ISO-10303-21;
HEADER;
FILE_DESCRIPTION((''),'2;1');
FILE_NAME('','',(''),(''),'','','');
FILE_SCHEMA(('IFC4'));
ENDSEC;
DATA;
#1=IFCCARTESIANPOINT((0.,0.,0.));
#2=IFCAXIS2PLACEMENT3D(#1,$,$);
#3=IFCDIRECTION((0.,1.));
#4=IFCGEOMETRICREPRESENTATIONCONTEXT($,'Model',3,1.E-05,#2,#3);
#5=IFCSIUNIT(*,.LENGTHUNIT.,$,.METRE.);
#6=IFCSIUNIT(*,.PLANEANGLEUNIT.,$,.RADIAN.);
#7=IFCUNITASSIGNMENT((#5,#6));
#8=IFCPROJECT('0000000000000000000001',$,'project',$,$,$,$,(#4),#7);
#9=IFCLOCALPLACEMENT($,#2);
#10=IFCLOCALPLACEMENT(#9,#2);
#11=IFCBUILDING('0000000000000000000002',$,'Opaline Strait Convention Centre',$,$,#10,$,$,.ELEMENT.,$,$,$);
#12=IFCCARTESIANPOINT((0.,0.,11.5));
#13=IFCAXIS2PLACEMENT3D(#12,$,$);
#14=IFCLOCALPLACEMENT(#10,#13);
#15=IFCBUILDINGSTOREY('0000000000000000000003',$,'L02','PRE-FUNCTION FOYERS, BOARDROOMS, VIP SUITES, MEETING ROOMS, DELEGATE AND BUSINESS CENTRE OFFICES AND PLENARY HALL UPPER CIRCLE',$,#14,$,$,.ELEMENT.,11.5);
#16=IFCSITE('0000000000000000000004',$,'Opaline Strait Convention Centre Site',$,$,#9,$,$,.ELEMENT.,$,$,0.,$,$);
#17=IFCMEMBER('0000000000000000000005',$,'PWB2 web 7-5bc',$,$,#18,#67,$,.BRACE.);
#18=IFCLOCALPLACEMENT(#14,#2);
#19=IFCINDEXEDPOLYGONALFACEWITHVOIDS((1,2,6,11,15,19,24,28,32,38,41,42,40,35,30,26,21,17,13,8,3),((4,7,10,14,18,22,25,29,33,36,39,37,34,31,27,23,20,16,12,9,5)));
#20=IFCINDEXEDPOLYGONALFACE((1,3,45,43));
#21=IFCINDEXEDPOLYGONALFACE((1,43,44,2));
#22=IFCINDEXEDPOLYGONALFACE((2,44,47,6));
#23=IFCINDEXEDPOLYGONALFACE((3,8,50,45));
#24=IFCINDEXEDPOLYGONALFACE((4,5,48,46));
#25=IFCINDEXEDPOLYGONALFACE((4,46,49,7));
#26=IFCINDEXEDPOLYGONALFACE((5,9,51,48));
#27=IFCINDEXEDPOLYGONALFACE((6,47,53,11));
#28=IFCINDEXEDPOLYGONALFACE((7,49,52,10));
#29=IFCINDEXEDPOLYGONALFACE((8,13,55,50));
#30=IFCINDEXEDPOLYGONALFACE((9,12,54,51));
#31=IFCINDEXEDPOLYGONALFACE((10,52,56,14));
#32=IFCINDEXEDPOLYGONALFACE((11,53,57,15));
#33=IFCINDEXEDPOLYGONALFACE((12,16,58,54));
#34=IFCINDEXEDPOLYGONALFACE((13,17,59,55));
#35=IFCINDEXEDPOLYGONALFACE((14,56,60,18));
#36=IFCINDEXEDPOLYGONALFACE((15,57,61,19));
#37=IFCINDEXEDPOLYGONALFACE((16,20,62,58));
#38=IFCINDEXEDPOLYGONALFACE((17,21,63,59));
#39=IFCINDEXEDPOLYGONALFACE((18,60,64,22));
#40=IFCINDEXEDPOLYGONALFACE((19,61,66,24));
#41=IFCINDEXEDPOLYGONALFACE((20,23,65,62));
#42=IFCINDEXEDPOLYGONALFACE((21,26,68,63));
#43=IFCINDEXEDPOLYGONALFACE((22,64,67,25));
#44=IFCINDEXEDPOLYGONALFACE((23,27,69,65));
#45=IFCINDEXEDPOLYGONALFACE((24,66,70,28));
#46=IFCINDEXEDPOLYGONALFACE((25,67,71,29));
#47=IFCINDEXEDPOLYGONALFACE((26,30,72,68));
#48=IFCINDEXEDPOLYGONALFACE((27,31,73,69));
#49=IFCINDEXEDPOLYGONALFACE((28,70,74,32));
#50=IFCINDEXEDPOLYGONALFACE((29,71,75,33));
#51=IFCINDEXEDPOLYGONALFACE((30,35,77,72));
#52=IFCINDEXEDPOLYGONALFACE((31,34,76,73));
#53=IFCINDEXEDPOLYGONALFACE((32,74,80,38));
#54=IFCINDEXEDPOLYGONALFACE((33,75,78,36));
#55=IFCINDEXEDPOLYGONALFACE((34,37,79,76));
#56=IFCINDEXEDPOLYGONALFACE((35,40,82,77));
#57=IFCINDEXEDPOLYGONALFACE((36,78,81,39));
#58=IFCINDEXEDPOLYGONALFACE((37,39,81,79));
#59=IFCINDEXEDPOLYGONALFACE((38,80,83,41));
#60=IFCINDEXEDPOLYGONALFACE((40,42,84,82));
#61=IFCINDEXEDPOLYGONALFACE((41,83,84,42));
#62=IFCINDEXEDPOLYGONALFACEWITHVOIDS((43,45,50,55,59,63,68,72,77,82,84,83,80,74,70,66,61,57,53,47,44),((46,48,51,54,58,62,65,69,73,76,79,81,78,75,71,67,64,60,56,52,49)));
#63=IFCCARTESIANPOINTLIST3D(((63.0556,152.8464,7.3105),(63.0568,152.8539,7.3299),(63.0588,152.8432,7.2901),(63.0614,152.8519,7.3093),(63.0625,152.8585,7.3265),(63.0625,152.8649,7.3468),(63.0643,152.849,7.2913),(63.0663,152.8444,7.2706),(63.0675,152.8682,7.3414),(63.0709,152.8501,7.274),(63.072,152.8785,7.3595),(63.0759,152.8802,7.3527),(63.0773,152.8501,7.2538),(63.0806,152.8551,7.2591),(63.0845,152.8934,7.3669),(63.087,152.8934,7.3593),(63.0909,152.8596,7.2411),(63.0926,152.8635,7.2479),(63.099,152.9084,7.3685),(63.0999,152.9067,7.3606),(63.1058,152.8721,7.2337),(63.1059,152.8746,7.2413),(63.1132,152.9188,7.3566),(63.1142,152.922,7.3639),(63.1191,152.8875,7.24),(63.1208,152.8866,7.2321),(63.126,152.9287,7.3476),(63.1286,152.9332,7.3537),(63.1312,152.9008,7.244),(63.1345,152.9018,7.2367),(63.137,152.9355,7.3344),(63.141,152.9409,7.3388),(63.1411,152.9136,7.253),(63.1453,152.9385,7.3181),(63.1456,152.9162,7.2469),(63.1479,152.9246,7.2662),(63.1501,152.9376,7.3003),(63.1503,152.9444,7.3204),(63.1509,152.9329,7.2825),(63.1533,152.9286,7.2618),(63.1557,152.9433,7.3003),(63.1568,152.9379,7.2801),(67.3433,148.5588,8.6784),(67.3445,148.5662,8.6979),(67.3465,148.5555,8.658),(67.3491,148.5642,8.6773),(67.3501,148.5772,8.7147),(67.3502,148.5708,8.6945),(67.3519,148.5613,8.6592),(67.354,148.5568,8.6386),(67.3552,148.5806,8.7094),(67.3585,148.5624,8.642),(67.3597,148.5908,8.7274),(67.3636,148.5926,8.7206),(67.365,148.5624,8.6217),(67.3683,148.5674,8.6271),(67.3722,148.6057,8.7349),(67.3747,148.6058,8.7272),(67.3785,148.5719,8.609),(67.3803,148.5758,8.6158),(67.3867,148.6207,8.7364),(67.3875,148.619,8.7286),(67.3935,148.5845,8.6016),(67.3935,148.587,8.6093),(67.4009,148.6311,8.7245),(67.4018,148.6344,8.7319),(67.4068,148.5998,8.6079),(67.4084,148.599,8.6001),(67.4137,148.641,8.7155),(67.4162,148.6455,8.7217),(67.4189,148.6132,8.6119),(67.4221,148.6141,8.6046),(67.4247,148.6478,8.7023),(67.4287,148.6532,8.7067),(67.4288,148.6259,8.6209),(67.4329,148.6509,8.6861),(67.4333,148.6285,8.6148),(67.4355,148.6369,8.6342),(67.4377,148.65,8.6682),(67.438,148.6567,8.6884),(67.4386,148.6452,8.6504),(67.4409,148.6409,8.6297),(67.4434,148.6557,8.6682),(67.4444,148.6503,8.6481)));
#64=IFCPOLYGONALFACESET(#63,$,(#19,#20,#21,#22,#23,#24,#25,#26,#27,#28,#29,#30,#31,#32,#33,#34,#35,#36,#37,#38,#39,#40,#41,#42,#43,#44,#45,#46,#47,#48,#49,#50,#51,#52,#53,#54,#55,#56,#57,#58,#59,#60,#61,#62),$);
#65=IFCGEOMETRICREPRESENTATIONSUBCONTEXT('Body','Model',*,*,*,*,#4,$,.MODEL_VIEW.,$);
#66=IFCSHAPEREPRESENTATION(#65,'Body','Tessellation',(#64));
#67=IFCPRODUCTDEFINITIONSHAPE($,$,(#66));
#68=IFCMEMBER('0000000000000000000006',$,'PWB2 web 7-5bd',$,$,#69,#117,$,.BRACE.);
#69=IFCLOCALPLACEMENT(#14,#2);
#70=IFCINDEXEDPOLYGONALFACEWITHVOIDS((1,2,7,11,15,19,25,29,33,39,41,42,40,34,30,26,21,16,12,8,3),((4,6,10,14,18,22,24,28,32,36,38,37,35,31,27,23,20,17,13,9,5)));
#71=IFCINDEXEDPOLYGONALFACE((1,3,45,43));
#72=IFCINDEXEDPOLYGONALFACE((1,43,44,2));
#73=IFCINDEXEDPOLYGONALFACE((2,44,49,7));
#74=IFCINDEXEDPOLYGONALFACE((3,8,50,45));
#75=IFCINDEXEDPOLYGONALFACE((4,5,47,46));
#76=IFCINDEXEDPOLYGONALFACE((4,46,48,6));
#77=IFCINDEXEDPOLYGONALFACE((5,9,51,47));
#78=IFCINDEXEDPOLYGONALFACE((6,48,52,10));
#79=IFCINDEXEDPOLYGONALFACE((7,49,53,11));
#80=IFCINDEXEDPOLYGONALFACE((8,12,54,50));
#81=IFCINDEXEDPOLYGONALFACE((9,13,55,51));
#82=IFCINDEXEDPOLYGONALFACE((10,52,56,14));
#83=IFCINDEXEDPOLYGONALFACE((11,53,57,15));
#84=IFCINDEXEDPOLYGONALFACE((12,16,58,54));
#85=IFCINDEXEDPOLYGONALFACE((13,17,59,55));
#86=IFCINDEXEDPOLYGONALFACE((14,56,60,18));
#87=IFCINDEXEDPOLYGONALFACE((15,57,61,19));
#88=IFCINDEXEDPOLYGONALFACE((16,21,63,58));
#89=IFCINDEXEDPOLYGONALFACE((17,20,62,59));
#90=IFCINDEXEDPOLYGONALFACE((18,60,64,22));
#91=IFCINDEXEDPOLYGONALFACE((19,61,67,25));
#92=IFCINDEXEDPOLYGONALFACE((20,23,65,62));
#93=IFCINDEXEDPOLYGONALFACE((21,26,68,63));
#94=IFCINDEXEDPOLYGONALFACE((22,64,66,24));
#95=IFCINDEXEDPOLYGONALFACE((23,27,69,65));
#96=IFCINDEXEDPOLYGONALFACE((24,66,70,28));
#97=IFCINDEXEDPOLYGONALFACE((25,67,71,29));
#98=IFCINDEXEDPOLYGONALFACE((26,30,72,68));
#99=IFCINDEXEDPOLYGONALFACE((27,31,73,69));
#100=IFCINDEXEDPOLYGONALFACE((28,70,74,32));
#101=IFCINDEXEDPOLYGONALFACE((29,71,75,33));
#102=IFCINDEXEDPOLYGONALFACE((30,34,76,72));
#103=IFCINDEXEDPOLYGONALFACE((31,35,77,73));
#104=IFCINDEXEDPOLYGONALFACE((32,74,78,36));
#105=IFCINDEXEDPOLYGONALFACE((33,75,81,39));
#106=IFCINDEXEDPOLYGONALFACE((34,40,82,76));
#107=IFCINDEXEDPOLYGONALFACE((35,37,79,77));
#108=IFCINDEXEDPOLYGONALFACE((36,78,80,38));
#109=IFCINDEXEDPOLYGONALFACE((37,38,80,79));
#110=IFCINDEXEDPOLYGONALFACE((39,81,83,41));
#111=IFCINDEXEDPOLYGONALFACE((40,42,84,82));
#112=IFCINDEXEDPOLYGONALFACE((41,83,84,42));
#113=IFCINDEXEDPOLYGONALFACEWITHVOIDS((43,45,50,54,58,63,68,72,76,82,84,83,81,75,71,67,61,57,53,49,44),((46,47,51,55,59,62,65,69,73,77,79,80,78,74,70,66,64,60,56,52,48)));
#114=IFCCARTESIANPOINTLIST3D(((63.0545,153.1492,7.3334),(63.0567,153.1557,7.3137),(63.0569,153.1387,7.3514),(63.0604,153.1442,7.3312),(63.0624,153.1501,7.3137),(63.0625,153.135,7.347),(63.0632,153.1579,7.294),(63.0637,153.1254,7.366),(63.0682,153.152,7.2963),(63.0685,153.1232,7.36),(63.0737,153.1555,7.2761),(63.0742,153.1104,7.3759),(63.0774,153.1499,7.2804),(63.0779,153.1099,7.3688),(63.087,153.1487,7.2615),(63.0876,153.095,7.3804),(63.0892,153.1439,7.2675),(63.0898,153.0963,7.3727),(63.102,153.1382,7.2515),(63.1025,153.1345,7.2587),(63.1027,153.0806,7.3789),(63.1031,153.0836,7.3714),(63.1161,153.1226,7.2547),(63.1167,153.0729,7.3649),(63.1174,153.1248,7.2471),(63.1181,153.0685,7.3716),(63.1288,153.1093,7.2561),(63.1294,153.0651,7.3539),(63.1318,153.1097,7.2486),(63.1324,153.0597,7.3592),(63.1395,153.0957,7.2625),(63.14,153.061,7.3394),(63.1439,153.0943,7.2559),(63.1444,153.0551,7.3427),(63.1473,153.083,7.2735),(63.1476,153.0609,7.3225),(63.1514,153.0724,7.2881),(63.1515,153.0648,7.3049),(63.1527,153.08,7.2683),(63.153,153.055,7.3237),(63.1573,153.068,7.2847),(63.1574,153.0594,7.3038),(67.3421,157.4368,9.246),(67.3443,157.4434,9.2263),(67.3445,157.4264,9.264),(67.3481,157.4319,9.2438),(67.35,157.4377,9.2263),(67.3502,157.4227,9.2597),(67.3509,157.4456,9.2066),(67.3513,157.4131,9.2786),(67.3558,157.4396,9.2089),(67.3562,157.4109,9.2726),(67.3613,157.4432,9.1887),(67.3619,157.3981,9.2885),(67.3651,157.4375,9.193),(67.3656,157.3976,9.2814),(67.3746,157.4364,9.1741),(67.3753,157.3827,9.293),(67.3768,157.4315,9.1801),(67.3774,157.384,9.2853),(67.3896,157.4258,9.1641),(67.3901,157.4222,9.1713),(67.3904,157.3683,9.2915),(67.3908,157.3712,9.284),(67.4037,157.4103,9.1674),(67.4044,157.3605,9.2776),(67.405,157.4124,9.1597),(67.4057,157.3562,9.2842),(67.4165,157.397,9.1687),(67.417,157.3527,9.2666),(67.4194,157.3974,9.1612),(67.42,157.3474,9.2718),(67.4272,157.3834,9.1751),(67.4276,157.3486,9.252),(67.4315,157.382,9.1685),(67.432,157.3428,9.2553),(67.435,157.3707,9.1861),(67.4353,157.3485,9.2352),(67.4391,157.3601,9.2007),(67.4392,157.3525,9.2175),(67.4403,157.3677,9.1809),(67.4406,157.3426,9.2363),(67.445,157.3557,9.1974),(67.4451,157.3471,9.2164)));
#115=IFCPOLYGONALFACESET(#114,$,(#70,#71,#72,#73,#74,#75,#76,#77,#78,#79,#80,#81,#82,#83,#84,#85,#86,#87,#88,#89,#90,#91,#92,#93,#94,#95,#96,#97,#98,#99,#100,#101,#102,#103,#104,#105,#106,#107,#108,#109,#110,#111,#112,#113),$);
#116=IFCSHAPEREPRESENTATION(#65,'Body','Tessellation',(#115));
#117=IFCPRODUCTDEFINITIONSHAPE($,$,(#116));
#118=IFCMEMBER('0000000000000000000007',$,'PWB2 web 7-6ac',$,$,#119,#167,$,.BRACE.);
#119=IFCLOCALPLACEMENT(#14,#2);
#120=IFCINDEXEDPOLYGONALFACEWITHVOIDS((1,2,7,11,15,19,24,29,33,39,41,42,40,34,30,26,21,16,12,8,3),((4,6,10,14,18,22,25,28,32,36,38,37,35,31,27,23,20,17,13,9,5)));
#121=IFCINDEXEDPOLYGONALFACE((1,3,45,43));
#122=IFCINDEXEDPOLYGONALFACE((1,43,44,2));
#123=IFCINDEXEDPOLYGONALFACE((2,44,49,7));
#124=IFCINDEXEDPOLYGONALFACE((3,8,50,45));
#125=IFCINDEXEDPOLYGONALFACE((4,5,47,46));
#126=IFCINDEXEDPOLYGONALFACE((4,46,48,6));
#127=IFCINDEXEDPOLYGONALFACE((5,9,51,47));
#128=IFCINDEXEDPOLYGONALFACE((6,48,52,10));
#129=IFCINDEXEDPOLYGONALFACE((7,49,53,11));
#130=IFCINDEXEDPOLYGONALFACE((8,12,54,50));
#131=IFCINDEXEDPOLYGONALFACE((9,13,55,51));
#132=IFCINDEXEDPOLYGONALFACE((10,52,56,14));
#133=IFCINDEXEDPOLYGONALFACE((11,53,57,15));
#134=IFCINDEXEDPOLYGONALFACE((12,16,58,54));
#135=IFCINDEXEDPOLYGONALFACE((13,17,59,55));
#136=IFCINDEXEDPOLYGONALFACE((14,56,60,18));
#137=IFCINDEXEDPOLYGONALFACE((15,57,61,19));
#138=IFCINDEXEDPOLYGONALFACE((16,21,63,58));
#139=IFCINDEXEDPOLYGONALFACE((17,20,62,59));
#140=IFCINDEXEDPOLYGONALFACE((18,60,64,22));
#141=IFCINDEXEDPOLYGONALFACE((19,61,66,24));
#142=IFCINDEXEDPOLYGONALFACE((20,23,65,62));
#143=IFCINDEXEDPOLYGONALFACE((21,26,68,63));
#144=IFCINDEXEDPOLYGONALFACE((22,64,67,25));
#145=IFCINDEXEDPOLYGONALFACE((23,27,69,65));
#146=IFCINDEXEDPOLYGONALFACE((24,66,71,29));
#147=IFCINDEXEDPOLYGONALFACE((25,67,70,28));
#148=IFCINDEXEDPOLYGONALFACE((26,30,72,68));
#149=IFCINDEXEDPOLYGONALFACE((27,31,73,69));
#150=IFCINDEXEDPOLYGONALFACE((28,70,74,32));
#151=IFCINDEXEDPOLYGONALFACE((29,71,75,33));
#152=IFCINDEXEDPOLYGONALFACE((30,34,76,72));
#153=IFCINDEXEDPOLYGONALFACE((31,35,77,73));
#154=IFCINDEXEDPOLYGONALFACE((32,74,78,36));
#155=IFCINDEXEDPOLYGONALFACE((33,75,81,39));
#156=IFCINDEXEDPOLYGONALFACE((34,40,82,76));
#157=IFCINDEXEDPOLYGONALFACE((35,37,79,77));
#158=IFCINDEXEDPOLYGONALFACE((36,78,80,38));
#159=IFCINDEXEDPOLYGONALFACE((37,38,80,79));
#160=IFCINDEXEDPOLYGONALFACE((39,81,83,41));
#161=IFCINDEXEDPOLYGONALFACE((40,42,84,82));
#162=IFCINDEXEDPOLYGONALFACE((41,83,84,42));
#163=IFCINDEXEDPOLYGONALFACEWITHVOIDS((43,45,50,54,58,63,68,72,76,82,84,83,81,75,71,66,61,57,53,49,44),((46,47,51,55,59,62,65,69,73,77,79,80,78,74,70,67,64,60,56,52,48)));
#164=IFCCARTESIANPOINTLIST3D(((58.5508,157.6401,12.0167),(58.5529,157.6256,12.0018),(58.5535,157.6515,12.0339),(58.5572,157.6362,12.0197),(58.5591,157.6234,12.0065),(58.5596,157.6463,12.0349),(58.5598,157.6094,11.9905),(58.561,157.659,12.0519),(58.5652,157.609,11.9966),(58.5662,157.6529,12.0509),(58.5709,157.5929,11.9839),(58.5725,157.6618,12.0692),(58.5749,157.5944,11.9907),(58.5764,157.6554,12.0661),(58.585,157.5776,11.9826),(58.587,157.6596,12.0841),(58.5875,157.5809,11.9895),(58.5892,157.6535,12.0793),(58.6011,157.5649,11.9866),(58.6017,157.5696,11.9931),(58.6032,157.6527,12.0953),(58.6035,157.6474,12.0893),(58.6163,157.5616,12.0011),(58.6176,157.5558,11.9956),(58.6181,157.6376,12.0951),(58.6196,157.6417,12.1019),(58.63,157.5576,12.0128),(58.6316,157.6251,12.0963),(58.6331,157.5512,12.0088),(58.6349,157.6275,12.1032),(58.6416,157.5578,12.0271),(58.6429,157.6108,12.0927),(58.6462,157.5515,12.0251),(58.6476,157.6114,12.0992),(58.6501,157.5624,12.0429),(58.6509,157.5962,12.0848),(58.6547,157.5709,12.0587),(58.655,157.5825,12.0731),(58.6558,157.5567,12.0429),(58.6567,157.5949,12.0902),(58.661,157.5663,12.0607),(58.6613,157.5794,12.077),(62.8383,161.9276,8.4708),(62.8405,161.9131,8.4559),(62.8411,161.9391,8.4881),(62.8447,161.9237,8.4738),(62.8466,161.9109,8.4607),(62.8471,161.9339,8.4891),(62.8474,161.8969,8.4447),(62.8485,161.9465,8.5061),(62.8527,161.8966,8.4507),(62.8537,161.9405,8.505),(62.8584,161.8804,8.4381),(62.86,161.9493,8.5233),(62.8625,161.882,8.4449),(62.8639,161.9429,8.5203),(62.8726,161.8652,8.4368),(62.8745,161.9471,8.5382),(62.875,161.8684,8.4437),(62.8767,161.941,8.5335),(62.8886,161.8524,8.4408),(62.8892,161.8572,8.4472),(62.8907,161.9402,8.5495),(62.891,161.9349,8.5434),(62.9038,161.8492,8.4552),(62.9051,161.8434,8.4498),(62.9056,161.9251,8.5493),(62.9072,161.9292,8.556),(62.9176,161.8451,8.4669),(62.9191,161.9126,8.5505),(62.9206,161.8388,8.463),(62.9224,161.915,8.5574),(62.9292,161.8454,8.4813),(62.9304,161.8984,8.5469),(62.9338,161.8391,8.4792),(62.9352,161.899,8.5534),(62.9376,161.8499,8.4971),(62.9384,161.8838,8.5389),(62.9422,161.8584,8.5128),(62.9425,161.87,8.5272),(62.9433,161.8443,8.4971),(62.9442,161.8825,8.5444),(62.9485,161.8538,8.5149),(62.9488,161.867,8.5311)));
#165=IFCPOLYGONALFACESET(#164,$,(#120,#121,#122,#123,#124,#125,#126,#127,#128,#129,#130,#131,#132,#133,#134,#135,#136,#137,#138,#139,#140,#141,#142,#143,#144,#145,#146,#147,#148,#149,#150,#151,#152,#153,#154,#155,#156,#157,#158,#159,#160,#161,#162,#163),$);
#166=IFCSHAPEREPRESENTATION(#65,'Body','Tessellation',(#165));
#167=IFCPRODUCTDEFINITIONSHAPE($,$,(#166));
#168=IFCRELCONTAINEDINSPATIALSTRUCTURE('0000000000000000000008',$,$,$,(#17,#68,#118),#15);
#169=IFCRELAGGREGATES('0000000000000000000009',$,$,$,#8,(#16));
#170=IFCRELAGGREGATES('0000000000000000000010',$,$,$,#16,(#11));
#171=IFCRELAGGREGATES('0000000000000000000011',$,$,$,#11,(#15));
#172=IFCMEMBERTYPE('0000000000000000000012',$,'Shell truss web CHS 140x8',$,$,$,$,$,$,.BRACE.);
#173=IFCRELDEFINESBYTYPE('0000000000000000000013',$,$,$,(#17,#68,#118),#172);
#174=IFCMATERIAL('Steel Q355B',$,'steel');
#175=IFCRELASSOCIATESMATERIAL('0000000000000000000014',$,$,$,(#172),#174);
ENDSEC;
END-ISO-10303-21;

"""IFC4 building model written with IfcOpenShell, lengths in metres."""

from ifc_helpers import new_model, si_unit, direction, frame, origin, origin_2d, place, context, subcontext, project, spatial, hollow_circle, extrude, material, material_profile, profile_set, type_object, element, save


model = new_model("IFC4")

# Units and contexts
model_context = context("Model", 3, precision=1e-05, world=origin(), true_north=direction((0.0, 1.0)))
body_context = subcontext(model_context, "Body", "Model", "MODEL_VIEW")
ifc_project = project(units=[si_unit("LENGTHUNIT", "METRE"), si_unit("PLANEANGLEUNIT", "RADIAN")], contexts=[model_context])

# Site, building, storey
site_placement = place(None, origin())
site = spatial("IfcSite", under=ifc_project, at=site_placement, Name="Opaline Strait Convention Centre Site", CompositionType="ELEMENT", RefElevation=0.0)
building_placement = place(site_placement, origin())
building = spatial("IfcBuilding", under=site, at=building_placement, Name="Opaline Strait Convention Centre", CompositionType="ELEMENT")
storey_placement = place(building_placement, frame((0.0, 0.0, 11.5)))
storey = spatial("IfcBuildingStorey", under=building, at=storey_placement, Name="L02", Description="PRE-FUNCTION FOYERS, BOARDROOMS, VIP SUITES, MEETING ROOMS, DELEGATE AND BUSINESS CENTRE OFFICES AND PLENARY HALL UPPER CIRCLE", CompositionType="ELEMENT", Elevation=11.5)

# Members
ifc_material_1 = material(Name="Steel Q355B", Category="steel")
ifc_material_profile_1 = material_profile(ifc_material_1, hollow_circle(Radius=0.0701, WallThickness=0.0081, at=origin_2d()), Name="CHS 140x8")
ifc_profile_set_1 = profile_set([ifc_material_profile_1], Name="Steel Q355B")
member_type_1 = type_object("IfcMemberType", Name="Shell truss web CHS 140x8", PredefinedType="BRACE", material=ifc_profile_set_1)
member_1_placement = place(storey_placement, frame((63.1062, 152.8938, 7.3003), z_axis=(0.689772, -0.689772, 0.220066), x_axis=(0.707107, 0.707107, 0.0)))
element("IfcMember", 1, at=member_1_placement, inside=storey, type_object=member_type_1, Name="PWB2 web 7-5bc", PredefinedType="BRACE", context=body_context, shape_type="SweptSolid", body=[
    extrude(hollow_circle(Radius=0.0701, WallThickness=0.0081, at=origin_2d()), origin(), (0.0, 0.0, 1.0), 6.2161),
])
member_2_placement = place(storey_placement, frame((63.1062, 153.1062, 7.3137), z_axis=(0.674356, 0.674356, 0.300814), x_axis=(-0.707107, 0.707107, 0.0)))
element("IfcMember", 2, at=member_2_placement, inside=storey, type_object=member_type_1, Name="PWB2 web 7-5bd", PredefinedType="BRACE", context=body_context, shape_type="SweptSolid", body=[
    extrude(hollow_circle(Radius=0.0701, WallThickness=0.0081, at=origin_2d()), origin(), (0.0, 0.0, 1.0), 6.3582),
])
member_3_placement = place(storey_placement, frame((62.8938, 161.8938, 8.4971), z_axis=(-0.610398, -0.610398, 0.504807), x_axis=(0.707107, -0.707107, 0.0)))
element("IfcMember", 3, at=member_3_placement, inside=storey, type_object=member_type_1, Name="PWB2 web 7-6ac", PredefinedType="BRACE", context=body_context, shape_type="SweptSolid", body=[
    extrude(hollow_circle(Radius=0.0701, WallThickness=0.0081, at=origin_2d()), origin(), (0.0, 0.0, 1.0), 7.0242),
])

save(model, "model.ifc")
